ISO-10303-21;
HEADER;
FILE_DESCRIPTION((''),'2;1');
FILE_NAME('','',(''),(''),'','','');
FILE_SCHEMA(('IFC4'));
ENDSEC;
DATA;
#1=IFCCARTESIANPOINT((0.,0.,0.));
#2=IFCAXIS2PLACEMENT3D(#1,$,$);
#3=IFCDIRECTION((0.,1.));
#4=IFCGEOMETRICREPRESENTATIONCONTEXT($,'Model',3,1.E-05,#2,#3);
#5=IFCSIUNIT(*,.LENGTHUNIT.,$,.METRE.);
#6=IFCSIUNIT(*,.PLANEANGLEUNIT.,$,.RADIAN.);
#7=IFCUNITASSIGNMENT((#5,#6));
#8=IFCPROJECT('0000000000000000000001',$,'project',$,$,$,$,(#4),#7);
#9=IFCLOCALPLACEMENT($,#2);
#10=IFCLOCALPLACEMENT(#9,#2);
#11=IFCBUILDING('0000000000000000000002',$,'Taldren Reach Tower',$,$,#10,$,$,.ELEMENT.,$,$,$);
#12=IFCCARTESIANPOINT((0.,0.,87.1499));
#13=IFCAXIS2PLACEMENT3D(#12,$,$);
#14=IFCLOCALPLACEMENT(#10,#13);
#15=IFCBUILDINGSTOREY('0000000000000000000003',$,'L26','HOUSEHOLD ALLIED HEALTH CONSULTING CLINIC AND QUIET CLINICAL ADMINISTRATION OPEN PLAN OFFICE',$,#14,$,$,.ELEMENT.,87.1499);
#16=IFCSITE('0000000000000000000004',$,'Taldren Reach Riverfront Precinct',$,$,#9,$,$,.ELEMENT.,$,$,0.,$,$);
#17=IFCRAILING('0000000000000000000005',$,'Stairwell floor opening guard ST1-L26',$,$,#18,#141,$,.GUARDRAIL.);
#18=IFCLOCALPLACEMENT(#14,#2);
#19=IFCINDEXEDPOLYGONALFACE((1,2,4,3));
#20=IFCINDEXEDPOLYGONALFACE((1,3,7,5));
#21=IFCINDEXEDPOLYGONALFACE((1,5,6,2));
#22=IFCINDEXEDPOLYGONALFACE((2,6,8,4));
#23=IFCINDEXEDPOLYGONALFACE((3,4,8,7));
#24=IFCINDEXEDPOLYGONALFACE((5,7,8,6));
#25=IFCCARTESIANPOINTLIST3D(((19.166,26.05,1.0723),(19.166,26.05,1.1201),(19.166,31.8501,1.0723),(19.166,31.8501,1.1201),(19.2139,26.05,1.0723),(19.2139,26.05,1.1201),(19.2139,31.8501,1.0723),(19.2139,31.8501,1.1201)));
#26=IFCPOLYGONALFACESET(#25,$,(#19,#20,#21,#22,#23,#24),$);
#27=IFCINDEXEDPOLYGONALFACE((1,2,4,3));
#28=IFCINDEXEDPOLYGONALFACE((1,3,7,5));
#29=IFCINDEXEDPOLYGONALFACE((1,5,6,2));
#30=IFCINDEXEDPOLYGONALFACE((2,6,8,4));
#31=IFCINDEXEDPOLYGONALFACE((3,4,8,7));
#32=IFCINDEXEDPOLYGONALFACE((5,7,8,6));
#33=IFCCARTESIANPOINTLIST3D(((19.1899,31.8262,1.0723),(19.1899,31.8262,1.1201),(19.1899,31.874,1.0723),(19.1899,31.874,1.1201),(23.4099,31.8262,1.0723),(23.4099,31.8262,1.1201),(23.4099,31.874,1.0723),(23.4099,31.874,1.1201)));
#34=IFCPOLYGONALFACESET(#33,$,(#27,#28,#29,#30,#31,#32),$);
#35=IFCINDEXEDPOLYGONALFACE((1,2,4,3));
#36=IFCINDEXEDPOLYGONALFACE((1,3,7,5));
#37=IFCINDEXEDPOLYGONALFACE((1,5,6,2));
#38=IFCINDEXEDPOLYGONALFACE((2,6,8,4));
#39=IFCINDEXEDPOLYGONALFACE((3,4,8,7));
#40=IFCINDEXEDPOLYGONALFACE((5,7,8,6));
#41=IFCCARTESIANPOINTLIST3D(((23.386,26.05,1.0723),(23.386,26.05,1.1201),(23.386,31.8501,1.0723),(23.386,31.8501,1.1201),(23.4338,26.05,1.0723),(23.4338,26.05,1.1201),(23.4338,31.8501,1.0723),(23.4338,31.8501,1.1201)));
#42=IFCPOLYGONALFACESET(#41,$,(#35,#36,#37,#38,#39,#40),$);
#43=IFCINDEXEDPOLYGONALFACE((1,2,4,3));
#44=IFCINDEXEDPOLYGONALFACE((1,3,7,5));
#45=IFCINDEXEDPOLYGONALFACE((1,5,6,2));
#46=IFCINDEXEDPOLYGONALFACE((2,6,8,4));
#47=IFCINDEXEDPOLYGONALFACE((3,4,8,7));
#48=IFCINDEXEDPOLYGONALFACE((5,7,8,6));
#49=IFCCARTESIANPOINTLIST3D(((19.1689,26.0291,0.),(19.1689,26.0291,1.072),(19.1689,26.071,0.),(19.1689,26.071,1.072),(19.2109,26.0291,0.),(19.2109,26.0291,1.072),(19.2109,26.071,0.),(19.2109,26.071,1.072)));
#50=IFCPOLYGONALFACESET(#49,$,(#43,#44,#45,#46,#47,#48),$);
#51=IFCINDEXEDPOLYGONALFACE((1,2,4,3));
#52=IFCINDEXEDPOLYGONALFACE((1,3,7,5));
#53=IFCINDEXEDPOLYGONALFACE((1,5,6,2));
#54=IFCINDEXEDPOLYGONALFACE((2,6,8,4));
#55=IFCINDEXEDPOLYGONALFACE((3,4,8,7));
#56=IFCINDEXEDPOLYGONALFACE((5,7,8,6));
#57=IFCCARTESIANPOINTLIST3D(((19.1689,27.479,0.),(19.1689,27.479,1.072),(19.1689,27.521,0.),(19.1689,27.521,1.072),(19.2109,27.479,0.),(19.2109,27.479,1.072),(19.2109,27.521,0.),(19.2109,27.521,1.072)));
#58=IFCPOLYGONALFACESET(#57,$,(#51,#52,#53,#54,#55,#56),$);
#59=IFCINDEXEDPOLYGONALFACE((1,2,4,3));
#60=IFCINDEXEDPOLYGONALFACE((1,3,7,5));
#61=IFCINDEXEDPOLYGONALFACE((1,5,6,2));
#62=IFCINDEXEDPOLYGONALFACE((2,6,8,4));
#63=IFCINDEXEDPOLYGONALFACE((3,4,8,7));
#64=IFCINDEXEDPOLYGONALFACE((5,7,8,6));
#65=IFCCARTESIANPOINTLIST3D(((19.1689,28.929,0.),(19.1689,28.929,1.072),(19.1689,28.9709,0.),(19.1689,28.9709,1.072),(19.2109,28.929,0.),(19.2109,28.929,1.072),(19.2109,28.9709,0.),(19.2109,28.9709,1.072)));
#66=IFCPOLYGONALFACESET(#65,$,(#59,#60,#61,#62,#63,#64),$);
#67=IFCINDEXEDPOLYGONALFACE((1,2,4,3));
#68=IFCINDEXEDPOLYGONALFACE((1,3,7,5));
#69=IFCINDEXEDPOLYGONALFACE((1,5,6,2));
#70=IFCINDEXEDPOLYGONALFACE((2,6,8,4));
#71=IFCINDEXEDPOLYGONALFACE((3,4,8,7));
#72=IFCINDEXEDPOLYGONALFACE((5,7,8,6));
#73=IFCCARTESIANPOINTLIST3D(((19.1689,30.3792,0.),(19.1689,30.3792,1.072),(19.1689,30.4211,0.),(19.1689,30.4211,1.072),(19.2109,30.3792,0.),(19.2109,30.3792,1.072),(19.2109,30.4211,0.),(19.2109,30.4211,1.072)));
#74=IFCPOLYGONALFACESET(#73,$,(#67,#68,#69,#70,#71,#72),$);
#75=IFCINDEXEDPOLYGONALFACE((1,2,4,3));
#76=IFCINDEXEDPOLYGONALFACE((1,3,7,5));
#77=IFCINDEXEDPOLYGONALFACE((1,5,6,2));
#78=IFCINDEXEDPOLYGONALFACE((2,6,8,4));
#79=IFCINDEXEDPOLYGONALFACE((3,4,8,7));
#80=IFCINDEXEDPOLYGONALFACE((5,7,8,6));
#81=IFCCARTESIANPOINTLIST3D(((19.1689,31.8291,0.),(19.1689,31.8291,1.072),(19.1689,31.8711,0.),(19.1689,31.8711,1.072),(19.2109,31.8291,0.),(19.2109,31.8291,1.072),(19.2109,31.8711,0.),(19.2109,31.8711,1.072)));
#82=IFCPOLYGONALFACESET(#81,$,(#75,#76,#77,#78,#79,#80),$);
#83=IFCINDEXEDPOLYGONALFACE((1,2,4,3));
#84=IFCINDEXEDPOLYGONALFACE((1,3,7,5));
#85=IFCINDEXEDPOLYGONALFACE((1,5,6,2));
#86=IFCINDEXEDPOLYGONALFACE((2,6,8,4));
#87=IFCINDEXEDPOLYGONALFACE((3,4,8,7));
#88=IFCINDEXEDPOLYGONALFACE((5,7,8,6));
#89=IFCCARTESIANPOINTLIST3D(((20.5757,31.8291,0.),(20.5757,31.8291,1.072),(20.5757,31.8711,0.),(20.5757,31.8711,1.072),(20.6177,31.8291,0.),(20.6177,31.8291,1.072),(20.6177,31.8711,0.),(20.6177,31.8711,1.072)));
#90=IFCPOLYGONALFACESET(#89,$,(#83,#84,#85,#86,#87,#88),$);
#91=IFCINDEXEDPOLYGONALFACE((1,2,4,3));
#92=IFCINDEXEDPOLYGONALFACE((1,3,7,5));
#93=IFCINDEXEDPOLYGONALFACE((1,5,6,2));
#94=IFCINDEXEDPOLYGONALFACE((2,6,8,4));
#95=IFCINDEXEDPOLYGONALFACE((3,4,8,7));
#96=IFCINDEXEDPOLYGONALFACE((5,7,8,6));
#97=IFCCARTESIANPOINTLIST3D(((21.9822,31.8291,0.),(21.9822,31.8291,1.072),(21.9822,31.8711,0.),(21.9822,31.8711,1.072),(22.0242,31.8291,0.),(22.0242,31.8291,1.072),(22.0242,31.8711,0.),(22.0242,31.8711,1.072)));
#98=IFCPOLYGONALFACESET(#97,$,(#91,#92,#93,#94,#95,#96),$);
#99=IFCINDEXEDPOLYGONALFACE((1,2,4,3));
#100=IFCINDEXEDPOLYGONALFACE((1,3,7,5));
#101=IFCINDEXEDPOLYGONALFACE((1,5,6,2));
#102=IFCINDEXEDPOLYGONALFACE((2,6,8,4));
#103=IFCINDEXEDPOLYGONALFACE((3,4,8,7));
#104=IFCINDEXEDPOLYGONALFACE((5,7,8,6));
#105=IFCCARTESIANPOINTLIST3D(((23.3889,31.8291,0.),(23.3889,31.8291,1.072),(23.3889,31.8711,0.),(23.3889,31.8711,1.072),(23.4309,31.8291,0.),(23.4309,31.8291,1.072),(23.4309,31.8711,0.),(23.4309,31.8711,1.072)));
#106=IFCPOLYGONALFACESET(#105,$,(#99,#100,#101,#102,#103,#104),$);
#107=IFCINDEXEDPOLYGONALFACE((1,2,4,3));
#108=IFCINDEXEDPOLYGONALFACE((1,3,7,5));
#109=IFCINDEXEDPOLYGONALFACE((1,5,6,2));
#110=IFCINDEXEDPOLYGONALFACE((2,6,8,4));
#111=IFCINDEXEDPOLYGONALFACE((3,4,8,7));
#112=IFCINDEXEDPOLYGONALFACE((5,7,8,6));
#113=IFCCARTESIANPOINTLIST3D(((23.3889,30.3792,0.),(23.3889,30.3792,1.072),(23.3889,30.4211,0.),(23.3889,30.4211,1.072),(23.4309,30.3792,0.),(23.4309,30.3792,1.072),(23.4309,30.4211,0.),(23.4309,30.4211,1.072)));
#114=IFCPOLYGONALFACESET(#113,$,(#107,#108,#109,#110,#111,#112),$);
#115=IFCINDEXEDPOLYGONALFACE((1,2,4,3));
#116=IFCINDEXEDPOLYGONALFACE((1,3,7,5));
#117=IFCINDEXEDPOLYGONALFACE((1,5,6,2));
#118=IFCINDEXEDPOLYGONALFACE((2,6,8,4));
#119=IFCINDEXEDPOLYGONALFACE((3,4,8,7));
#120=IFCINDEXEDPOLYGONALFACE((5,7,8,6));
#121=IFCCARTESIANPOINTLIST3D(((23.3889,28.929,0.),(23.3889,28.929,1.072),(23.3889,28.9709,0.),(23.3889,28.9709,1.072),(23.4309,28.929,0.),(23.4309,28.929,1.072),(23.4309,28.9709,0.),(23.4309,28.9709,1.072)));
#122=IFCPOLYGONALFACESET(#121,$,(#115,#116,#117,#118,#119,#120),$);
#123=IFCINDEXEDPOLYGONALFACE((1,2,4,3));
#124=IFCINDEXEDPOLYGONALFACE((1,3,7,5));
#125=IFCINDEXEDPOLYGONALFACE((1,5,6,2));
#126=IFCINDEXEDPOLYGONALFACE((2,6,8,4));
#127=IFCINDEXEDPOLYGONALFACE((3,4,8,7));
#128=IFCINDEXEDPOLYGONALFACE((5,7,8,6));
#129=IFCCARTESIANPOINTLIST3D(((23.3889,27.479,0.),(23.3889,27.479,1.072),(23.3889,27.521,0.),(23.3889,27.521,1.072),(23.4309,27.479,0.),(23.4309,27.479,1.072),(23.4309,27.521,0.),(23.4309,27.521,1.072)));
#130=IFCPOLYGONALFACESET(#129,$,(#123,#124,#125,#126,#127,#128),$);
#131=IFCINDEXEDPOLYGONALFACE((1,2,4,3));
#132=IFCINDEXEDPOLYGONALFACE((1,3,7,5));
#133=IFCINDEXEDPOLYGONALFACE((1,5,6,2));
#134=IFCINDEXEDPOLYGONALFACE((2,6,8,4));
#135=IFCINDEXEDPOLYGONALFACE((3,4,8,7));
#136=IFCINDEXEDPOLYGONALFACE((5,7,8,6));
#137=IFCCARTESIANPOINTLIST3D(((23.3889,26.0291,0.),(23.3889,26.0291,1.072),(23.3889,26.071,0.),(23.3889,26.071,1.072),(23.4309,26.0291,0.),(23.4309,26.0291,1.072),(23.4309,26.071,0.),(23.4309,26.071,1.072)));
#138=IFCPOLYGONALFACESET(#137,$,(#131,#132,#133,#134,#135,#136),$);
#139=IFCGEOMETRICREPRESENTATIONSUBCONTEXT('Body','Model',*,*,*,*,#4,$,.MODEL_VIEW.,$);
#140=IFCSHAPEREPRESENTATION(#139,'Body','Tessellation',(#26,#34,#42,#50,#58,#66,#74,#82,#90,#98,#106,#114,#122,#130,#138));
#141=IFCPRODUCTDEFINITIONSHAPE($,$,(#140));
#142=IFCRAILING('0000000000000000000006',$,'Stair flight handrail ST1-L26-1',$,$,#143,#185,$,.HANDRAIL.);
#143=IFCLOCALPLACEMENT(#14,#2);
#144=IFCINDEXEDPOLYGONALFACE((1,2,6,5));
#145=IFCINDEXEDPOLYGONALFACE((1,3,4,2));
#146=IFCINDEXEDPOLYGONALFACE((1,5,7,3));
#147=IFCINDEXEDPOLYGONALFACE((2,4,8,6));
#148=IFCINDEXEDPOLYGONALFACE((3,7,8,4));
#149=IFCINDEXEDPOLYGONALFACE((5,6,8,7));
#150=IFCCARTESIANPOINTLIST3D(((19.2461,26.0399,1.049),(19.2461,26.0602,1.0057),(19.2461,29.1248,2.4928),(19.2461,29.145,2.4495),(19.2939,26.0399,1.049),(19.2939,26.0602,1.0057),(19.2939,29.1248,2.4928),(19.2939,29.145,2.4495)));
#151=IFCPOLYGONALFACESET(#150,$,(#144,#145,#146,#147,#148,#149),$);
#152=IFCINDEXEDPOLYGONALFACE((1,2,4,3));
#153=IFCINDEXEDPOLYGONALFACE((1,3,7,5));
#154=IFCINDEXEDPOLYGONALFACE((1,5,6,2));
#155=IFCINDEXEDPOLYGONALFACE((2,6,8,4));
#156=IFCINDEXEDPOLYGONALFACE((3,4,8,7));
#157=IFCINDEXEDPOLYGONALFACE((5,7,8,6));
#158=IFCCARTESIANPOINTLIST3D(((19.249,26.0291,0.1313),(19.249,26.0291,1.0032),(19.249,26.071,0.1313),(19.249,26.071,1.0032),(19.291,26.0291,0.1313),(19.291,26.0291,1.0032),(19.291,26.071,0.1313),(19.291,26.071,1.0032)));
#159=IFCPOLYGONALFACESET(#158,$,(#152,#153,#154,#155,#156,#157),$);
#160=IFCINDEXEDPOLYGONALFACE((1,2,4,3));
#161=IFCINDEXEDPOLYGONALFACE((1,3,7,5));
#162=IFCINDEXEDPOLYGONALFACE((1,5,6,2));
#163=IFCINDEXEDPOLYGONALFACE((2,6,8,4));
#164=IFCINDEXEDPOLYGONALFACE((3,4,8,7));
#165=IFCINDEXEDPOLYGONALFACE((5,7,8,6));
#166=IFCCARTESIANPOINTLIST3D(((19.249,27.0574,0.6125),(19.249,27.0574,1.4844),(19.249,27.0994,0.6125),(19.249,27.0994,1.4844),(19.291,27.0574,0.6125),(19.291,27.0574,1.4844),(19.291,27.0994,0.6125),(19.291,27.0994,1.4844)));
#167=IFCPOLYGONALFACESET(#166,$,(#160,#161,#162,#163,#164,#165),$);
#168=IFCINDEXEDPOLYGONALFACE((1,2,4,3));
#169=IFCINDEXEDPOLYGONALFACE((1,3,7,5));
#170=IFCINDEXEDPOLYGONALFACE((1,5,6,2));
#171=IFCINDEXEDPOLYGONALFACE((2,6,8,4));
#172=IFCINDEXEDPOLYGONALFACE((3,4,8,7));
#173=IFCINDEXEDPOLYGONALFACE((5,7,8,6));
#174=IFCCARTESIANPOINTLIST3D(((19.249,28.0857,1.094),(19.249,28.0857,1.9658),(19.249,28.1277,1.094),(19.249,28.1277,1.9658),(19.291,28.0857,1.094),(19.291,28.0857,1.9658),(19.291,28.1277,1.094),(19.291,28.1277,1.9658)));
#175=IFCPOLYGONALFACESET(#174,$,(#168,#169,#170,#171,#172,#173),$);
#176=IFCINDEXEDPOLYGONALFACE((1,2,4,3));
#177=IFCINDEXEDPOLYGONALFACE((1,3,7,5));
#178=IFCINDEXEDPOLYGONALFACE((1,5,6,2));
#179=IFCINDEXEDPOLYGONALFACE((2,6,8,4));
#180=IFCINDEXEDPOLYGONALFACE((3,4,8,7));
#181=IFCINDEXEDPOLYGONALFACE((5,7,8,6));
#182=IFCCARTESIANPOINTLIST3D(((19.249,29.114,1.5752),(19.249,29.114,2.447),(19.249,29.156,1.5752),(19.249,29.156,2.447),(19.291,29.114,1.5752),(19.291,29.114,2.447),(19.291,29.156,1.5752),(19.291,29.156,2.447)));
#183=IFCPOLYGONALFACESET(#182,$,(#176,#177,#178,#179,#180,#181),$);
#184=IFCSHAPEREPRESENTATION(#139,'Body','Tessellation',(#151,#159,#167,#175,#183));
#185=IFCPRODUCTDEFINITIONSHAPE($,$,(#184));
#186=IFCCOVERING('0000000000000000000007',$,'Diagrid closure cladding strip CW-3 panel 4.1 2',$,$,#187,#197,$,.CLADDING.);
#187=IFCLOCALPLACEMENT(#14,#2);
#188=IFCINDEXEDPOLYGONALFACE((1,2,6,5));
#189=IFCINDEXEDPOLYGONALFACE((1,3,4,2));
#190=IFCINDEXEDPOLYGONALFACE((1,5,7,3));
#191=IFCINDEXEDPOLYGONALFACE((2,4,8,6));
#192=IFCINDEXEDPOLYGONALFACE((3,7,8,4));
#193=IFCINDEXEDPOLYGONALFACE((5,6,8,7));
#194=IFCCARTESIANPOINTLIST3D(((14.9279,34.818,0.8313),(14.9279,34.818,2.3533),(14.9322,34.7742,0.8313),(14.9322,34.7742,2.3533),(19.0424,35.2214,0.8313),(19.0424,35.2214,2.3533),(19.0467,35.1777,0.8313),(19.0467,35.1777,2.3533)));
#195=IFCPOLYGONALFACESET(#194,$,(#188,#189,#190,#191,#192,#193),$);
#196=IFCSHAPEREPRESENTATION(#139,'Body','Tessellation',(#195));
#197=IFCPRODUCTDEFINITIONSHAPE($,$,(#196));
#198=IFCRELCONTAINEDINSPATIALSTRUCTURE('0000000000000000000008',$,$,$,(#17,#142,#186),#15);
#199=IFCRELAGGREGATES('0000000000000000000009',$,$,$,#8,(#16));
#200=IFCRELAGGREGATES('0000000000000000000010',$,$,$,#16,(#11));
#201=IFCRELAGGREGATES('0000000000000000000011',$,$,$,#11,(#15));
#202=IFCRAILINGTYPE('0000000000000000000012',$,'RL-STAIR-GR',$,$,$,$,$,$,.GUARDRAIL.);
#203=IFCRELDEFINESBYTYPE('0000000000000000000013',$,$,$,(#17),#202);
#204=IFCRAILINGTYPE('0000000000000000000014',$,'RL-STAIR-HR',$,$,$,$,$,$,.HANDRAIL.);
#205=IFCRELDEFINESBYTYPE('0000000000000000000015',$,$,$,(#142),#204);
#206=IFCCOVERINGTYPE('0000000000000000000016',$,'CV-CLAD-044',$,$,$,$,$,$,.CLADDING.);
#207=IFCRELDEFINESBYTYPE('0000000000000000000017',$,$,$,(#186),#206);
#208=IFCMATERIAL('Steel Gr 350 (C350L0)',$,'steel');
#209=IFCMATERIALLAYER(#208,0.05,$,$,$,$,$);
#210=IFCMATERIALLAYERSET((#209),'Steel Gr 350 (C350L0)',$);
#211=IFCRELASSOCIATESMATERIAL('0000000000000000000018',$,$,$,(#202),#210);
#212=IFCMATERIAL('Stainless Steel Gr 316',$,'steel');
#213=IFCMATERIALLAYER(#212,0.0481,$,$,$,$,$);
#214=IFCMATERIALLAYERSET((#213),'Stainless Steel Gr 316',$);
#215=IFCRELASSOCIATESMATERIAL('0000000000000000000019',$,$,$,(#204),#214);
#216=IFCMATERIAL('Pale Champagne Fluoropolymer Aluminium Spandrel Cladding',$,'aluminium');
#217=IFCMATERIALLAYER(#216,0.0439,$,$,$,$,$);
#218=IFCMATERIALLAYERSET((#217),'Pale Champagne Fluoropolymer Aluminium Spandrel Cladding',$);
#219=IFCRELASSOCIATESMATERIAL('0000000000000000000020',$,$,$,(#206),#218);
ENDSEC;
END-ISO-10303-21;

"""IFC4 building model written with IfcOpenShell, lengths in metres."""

from ifc_helpers import new_model, si_unit, direction, frame, origin, origin_2d, place, context, subcontext, project, spatial, rectangle, extrude, source, transform, mapped, material, layer, layer_set, type_object, element, save


model = new_model("IFC4")

# Units and contexts
model_context = context("Model", 3, precision=1e-05, world=origin(), true_north=direction((0.0, 1.0)))
body_context = subcontext(model_context, "Body", "Model", "MODEL_VIEW")
ifc_project = project(units=[si_unit("LENGTHUNIT", "METRE"), si_unit("PLANEANGLEUNIT", "RADIAN")], contexts=[model_context])

# Site, building, storey
site_placement = place(None, origin())
site = spatial("IfcSite", under=ifc_project, at=site_placement, Name="Taldren Reach Riverfront Precinct", CompositionType="ELEMENT", RefElevation=0.0)
building_placement = place(site_placement, origin())
building = spatial("IfcBuilding", under=site, at=building_placement, Name="Taldren Reach Tower", CompositionType="ELEMENT")
storey_placement = place(building_placement, frame((0.0, 0.0, 87.1499)))
storey = spatial("IfcBuildingStorey", under=building, at=storey_placement, Name="L26", Description="HOUSEHOLD ALLIED HEALTH CONSULTING CLINIC AND QUIET CLINICAL ADMINISTRATION OPEN PLAN OFFICE", CompositionType="ELEMENT", Elevation=87.1499)

# Shared definitions
ifc_material_1 = material(Name="Steel Gr 350 (C350L0)", Category="steel")

# Railings
ifc_layer_1 = layer(ifc_material_1, 0.05)
ifc_layer_set_1 = layer_set([ifc_layer_1], Name="Steel Gr 350 (C350L0)")
railing_type_1 = type_object("IfcRailingType", Name="RL-STAIR-GR", PredefinedType="GUARDRAIL", material=ifc_layer_set_1)
railing_1_placement = place(storey_placement, frame((19.1899, 26.05, 0.0)))
element("IfcRailing", 1, at=railing_1_placement, inside=storey, type_object=railing_type_1, Name="Stairwell floor opening guard ST1-L26", PredefinedType="GUARDRAIL", context=body_context, shape_type="SweptSolid", body=[
    extrude(rectangle(XDim=0.0479, YDim=0.0479, at=origin_2d()), frame((0.0, 0.0, 1.0962), z_axis=(0.0, 1.0, 0.0), x_axis=(-1.0, 0.0, 0.0)), (0.0, 0.0, 1.0), 5.8),
    extrude(rectangle(XDim=0.0479, YDim=0.0479, at=origin_2d()), frame((0.0, 5.8, 1.0962), z_axis=(1.0, 0.0, 0.0), x_axis=(0.0, 1.0, 0.0)), (0.0, 0.0, 1.0), 4.22),
    extrude(rectangle(XDim=0.0479, YDim=0.0479, at=origin_2d()), frame((4.22, 5.8, 1.0962), z_axis=(0.0, -1.0, 0.0), x_axis=(1.0, 0.0, 0.0)), (0.0, 0.0, 1.0), 5.8),
    extrude(rectangle(XDim=0.042, YDim=0.042, at=origin_2d()), origin(), (0.0, 0.0, 1.0), 1.072),
    extrude(rectangle(XDim=0.042, YDim=0.042, at=origin_2d()), frame((0.0, 1.45, 0.0)), (0.0, 0.0, 1.0), 1.072),
    extrude(rectangle(XDim=0.042, YDim=0.042, at=origin_2d()), frame((0.0, 2.8999, 0.0)), (0.0, 0.0, 1.0), 1.072),
    extrude(rectangle(XDim=0.042, YDim=0.042, at=origin_2d()), frame((0.0, 4.3501, 0.0)), (0.0, 0.0, 1.0), 1.072),
    extrude(rectangle(XDim=0.042, YDim=0.042, at=origin_2d()), frame((0.0, 5.8, 0.0)), (0.0, 0.0, 1.0), 1.072),
    extrude(rectangle(XDim=0.042, YDim=0.042, at=origin_2d()), frame((1.4067, 5.8, 0.0)), (0.0, 0.0, 1.0), 1.072),
    extrude(rectangle(XDim=0.042, YDim=0.042, at=origin_2d()), frame((2.8132, 5.8, 0.0)), (0.0, 0.0, 1.0), 1.072),
    extrude(rectangle(XDim=0.042, YDim=0.042, at=origin_2d()), frame((4.22, 5.8, 0.0)), (0.0, 0.0, 1.0), 1.072),
    extrude(rectangle(XDim=0.042, YDim=0.042, at=origin_2d()), frame((4.22, 4.3501, 0.0)), (0.0, 0.0, 1.0), 1.072),
    extrude(rectangle(XDim=0.042, YDim=0.042, at=origin_2d()), frame((4.22, 2.8999, 0.0)), (0.0, 0.0, 1.0), 1.072),
    extrude(rectangle(XDim=0.042, YDim=0.042, at=origin_2d()), frame((4.22, 1.45, 0.0)), (0.0, 0.0, 1.0), 1.072),
    extrude(rectangle(XDim=0.042, YDim=0.042, at=origin_2d()), frame((4.22, 0.0, 0.0)), (0.0, 0.0, 1.0), 1.072),
])
ifc_material_2 = material(Name="Stainless Steel Gr 316", Category="steel")
ifc_layer_2 = layer(ifc_material_2, 0.0481)
ifc_layer_set_2 = layer_set([ifc_layer_2], Name="Stainless Steel Gr 316")
railing_type_2 = type_object("IfcRailingType", Name="RL-STAIR-HR", PredefinedType="HANDRAIL", material=ifc_layer_set_2)
railing_2_placement = place(storey_placement, frame((19.27, 26.05, 0.1313)))
element("IfcRailing", 2, at=railing_2_placement, inside=storey, type_object=railing_type_2, Name="Stair flight handrail ST1-L26-1", PredefinedType="HANDRAIL", context=body_context, shape_type="SweptSolid", body=[
    extrude(rectangle(XDim=0.0479, YDim=0.0479, at=origin_2d()), frame((0.0, 0.0, 0.896), z_axis=(0.0, 0.90571, 0.423898), x_axis=(-1.0, 0.0, 0.0)), (0.0, 0.0, 1.0), 3.406),
    extrude(rectangle(XDim=0.042, YDim=0.042, at=origin_2d()), origin(), (0.0, 0.0, 1.0), 0.8718),
    extrude(rectangle(XDim=0.042, YDim=0.042, at=origin_2d()), frame((0.0, 1.0283, 0.4812)), (0.0, 0.0, 1.0), 0.8718),
    extrude(rectangle(XDim=0.042, YDim=0.042, at=origin_2d()), frame((0.0, 2.0566, 0.9626)), (0.0, 0.0, 1.0), 0.8718),
    extrude(rectangle(XDim=0.042, YDim=0.042, at=origin_2d()), frame((0.0, 3.085, 1.4438)), (0.0, 0.0, 1.0), 0.8718),
])

# Covering
ifc_material_3 = material(Name="Pale Champagne Fluoropolymer Aluminium Spandrel Cladding", Category="aluminium")
ifc_layer_3 = layer(ifc_material_3, 0.0439)
ifc_layer_set_3 = layer_set([ifc_layer_3], Name="Pale Champagne Fluoropolymer Aluminium Spandrel Cladding")
covering_type = type_object("IfcCoveringType", Name="CV-CLAD-044", PredefinedType="CLADDING", material=ifc_layer_set_3)
shared_shape_1 = source(origin(), body_context, "Body", "SweptSolid", [
    extrude(rectangle(XDim=4.1343, YDim=0.0439, at=origin_2d()), origin(), (0.0, 0.0, 1.0), 1.522),
])
covering_placement = place(storey_placement, frame((16.9873, 34.9978, 0.8313), z_axis=(0.0, 0.0, 1.0), x_axis=(-0.995227, -0.097583, 0.0)))
element("IfcCovering", 3, at=covering_placement, inside=storey, type_object=covering_type, Name="Diagrid closure cladding strip CW-3 panel 4.1 2", PredefinedType="CLADDING", context=body_context, shape_type="MappedRepresentation", body=[
    mapped(shared_shape_1, transform((0.0, 0.0, 0.0), scale=1.0)),
])

save(model, "model.ifc")
